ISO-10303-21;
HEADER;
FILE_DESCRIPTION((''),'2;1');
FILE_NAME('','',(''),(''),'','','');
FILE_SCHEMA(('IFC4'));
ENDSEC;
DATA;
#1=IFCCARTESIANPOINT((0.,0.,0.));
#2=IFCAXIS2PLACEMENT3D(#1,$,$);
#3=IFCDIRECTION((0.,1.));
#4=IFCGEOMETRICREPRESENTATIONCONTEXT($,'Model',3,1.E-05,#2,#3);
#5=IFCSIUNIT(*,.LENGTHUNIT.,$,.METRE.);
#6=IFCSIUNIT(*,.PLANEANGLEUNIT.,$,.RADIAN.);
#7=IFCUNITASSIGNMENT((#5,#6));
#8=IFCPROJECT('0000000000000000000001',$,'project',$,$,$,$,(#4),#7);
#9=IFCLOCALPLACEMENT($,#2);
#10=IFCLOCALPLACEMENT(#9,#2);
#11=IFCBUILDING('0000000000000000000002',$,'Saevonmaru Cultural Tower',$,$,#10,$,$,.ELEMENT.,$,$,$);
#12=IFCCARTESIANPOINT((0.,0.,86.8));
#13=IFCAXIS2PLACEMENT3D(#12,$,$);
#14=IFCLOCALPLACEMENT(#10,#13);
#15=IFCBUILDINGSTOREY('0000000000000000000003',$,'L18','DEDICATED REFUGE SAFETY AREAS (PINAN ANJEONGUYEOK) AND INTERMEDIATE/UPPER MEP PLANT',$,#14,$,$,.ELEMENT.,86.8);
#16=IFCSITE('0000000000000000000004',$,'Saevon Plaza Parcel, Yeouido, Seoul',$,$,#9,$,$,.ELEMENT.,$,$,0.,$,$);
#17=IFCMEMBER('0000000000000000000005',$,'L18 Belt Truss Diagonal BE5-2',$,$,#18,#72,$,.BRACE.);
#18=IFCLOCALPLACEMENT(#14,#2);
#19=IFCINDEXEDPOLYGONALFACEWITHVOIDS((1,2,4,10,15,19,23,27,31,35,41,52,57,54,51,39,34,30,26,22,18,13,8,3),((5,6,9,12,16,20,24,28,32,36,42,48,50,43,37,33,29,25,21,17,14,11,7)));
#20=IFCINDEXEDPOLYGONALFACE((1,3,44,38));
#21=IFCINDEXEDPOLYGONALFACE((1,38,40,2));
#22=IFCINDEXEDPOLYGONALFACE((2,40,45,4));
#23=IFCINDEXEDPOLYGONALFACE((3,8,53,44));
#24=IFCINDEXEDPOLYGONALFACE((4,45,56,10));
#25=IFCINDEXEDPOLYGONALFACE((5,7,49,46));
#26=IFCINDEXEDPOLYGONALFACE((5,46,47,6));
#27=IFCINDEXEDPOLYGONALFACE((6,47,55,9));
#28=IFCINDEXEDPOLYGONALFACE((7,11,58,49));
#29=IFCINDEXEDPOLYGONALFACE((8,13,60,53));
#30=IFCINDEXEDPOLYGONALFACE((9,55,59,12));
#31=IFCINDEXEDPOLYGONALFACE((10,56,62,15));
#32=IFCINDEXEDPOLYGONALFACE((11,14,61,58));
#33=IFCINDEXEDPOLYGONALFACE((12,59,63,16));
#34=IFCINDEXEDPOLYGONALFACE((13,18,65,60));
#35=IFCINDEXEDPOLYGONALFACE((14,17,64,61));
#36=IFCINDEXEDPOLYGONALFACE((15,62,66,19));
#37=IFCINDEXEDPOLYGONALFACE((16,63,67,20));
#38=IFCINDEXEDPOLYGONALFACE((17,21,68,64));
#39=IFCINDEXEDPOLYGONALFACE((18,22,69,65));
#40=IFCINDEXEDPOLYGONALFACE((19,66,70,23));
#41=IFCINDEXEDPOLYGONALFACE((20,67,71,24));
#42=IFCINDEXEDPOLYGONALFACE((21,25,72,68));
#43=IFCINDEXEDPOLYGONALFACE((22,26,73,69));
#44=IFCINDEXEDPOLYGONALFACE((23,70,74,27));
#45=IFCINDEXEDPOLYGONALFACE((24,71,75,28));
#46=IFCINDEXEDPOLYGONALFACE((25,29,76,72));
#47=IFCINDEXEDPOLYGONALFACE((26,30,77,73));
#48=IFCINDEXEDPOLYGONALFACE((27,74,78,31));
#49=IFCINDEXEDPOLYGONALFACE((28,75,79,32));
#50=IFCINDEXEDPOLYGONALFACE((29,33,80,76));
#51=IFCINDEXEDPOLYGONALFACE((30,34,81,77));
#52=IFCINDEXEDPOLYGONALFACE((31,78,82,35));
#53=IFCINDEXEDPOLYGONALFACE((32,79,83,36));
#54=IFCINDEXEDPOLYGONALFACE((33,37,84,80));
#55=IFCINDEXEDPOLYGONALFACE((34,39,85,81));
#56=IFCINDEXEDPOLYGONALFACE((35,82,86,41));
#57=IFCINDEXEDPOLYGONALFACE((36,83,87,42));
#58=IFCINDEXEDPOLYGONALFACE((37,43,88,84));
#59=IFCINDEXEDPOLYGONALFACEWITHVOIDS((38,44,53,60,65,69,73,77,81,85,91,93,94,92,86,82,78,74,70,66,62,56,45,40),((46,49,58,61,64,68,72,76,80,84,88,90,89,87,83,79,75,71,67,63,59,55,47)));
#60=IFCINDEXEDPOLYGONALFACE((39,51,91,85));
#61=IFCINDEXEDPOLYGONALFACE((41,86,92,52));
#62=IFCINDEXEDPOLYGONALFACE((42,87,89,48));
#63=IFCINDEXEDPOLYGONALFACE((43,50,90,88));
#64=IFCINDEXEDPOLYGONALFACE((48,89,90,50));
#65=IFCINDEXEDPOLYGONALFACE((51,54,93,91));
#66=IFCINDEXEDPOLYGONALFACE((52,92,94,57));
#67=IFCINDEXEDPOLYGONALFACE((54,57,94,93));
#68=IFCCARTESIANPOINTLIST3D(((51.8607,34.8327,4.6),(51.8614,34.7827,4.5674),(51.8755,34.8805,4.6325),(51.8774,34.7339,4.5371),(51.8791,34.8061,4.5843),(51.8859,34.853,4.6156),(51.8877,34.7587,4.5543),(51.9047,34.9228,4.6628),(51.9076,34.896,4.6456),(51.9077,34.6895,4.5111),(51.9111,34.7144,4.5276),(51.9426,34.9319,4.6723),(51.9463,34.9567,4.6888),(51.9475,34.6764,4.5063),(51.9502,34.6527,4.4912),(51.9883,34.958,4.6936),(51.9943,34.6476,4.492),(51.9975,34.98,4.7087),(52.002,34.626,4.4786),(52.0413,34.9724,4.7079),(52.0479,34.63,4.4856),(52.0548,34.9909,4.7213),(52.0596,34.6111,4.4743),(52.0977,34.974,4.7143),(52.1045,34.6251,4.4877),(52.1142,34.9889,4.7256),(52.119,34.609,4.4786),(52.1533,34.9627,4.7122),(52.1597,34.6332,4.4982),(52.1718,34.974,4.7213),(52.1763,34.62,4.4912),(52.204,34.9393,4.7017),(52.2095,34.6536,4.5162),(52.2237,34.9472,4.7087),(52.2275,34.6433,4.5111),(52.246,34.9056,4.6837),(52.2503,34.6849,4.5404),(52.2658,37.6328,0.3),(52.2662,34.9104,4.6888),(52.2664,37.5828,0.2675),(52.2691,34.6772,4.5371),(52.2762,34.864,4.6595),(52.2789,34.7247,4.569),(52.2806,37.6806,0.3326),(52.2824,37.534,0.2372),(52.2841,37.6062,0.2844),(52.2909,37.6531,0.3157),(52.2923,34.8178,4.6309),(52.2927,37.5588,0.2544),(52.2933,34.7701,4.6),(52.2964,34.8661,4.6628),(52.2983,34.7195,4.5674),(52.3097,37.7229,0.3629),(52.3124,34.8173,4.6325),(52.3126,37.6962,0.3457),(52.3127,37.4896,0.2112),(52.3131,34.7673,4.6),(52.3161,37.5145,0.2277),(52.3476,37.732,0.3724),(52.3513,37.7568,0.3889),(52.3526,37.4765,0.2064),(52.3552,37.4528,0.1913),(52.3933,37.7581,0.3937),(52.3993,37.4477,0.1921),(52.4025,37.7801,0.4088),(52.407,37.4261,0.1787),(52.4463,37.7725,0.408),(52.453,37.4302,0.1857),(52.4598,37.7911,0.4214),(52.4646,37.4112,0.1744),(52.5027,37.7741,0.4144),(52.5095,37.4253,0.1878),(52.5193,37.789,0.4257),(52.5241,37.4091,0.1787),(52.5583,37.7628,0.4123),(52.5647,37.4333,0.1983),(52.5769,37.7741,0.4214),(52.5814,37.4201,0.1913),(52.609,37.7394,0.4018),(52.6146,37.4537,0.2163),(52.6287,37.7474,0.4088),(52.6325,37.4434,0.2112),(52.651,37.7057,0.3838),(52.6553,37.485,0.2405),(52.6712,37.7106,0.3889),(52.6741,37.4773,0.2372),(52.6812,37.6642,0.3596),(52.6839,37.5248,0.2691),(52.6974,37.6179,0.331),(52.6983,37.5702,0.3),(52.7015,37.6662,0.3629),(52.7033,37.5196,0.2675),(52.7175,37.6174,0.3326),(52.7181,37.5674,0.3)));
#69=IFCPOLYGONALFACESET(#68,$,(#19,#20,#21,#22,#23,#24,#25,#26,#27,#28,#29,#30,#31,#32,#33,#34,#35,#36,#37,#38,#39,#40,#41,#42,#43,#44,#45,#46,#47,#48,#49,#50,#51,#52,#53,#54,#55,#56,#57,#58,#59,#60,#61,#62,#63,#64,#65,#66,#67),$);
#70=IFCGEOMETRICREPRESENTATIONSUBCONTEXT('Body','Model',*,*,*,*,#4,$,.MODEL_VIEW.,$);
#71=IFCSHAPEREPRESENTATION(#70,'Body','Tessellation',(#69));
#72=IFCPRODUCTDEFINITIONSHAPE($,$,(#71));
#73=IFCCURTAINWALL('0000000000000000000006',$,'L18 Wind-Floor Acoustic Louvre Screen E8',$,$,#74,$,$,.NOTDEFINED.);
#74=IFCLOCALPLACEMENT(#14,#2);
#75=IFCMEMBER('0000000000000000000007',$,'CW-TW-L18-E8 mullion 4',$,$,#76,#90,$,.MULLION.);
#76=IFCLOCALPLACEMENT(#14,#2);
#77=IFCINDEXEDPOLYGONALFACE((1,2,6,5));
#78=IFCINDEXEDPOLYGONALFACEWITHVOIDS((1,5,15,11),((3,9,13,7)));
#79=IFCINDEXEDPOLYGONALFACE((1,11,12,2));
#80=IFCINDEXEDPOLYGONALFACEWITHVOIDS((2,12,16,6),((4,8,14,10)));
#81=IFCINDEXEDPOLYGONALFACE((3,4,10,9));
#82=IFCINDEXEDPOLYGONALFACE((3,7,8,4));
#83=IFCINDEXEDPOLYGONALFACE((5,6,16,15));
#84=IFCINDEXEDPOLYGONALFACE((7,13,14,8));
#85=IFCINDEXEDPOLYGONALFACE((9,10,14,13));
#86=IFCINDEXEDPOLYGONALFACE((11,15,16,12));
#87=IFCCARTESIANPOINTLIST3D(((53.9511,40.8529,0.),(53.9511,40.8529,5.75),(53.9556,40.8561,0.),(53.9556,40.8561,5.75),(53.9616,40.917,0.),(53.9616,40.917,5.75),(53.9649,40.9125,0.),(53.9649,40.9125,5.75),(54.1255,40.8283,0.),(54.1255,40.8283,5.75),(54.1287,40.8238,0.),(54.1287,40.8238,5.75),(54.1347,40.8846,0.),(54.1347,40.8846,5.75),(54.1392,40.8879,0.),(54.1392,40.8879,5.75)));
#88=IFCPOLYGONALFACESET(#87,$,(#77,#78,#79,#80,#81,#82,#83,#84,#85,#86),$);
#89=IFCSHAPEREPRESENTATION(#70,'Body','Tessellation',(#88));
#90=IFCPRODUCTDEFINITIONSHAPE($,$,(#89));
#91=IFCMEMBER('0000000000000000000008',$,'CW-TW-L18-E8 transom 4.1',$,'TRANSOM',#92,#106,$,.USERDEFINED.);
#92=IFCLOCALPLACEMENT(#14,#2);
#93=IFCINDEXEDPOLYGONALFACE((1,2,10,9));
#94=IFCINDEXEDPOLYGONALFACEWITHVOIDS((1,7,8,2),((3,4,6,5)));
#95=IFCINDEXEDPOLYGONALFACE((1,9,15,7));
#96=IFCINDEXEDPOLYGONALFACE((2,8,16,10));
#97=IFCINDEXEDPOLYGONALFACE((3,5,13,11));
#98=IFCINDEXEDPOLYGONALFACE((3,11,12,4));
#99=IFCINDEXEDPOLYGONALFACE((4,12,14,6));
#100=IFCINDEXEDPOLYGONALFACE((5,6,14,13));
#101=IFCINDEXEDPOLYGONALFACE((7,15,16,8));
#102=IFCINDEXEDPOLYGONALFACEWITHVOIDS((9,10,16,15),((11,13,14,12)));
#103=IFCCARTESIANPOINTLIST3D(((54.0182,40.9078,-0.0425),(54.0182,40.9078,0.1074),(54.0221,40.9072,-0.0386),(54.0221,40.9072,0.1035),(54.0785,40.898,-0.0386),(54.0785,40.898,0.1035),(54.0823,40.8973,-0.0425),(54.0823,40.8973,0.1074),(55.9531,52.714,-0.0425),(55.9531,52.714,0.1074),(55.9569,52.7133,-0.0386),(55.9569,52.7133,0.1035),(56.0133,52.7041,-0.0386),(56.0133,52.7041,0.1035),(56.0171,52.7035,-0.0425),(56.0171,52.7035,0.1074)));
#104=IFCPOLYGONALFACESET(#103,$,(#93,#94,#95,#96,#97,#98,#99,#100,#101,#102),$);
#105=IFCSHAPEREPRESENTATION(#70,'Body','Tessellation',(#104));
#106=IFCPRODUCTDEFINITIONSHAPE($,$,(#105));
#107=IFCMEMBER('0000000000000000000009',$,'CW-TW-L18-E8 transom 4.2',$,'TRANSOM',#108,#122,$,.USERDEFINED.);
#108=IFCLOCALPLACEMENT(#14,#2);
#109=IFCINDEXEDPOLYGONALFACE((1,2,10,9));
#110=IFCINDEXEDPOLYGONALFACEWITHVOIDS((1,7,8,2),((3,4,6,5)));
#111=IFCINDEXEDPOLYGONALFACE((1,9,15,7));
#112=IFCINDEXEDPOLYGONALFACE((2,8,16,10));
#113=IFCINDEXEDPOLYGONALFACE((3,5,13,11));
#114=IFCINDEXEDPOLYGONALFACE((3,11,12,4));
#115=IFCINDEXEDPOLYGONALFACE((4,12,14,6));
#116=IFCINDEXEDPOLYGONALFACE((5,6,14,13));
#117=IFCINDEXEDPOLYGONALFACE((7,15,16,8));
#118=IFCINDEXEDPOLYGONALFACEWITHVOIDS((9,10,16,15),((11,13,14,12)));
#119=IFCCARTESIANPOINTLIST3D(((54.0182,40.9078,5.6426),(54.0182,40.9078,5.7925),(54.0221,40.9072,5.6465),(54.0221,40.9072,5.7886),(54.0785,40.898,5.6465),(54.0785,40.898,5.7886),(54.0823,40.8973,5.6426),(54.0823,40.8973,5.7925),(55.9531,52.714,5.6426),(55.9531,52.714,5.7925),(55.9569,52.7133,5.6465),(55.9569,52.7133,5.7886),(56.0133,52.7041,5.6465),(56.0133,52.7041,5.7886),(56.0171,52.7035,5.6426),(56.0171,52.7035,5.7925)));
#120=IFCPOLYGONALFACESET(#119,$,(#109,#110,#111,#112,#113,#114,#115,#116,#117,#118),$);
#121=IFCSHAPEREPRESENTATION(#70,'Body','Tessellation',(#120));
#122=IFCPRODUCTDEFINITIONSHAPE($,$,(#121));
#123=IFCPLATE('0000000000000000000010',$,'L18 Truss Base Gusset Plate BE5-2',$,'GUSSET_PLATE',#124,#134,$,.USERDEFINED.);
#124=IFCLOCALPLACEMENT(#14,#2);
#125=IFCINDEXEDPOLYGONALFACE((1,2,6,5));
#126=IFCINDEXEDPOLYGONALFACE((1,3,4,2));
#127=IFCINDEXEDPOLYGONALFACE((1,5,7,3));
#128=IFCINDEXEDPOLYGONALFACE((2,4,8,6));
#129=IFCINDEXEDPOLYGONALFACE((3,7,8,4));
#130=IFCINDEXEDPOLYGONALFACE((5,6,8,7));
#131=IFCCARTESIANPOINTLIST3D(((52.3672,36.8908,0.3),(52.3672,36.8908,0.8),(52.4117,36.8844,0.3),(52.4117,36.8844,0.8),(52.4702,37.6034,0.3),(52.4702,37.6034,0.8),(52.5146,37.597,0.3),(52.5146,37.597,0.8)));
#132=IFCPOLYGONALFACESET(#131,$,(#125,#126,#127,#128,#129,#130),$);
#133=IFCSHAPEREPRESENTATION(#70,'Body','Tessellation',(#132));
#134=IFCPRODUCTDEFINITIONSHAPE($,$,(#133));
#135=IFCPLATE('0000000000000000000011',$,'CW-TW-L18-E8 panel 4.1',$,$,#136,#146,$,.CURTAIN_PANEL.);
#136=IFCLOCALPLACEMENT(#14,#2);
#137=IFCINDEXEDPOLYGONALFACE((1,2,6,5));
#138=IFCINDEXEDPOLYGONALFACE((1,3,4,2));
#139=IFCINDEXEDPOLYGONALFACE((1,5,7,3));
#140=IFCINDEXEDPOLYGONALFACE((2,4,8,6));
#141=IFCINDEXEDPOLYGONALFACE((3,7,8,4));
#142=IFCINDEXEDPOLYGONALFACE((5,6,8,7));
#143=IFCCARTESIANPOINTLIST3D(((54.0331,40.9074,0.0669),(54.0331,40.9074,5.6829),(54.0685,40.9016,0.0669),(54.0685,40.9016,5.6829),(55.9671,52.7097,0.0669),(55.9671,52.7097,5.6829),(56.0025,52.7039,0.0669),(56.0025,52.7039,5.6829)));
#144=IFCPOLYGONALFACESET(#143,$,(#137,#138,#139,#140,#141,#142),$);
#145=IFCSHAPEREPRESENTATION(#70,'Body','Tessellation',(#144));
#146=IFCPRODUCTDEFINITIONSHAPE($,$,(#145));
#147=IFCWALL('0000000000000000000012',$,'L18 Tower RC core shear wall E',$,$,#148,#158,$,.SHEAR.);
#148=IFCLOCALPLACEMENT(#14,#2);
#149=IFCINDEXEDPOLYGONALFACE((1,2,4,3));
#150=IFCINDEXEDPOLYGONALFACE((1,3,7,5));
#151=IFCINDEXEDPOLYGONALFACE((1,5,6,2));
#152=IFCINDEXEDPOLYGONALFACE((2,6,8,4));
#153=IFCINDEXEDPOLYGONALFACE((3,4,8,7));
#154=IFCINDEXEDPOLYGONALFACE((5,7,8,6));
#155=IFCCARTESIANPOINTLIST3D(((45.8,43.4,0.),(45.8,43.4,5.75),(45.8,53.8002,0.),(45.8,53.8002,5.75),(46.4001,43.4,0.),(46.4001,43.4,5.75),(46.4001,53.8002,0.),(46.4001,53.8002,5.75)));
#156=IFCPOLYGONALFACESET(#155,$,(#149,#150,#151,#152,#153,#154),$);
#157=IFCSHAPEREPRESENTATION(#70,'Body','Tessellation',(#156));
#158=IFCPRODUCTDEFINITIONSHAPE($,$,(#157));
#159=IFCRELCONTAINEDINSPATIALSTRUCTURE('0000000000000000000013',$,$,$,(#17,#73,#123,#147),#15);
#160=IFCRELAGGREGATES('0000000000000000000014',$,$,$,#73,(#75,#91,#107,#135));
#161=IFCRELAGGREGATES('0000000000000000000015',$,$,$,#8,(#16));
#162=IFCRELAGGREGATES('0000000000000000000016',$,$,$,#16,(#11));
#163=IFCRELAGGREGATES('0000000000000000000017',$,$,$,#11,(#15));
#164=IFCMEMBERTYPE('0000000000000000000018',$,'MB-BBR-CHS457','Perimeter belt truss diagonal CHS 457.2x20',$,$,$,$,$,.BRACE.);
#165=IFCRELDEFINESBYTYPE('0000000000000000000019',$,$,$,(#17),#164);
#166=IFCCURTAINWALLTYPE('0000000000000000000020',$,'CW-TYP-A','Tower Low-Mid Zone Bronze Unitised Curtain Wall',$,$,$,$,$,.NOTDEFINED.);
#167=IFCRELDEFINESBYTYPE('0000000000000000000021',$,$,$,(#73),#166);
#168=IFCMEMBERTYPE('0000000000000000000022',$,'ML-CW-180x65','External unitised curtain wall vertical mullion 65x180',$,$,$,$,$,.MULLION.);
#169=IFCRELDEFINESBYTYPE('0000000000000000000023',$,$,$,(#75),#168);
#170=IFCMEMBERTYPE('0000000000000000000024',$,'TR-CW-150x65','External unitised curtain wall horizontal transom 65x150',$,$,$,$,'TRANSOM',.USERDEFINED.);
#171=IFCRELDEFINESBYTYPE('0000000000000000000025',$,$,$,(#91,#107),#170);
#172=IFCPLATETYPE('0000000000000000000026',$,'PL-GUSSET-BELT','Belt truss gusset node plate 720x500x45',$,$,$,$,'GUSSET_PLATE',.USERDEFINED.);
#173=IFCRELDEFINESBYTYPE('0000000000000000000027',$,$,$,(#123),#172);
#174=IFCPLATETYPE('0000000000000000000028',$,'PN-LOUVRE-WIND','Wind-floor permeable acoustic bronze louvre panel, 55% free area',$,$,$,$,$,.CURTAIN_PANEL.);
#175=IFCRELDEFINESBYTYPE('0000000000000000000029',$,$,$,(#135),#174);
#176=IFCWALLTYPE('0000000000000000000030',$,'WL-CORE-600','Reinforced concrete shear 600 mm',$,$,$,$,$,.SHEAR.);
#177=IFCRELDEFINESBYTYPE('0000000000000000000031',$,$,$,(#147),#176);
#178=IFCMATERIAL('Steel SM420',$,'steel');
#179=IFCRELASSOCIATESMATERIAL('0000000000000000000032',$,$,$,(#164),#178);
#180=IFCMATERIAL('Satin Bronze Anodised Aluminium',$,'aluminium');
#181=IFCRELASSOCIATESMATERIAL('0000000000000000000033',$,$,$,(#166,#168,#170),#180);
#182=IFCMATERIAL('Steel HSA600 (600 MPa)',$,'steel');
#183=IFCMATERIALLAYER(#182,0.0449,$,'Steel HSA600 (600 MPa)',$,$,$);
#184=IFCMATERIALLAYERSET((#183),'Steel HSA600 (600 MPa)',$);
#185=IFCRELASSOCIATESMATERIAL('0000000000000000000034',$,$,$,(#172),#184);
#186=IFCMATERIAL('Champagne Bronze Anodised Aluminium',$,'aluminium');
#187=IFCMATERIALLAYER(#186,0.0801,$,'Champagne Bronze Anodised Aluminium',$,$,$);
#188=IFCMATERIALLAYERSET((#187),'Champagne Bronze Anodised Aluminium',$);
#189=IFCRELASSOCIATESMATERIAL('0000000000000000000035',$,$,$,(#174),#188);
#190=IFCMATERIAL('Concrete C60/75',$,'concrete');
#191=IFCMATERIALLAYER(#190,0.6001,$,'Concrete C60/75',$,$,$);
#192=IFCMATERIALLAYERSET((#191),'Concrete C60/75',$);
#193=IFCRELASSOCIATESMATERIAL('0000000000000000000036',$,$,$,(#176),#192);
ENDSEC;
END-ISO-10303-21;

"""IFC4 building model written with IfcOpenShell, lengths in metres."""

from ifc_helpers import new_model, si_unit, direction, frame, frame_2d, origin, origin_2d, place, context, subcontext, project, spatial, rectangle, hollow_rectangle, hollow_circle, extrude, material, layer, layer_set, material_profile, profile_set, type_object, element, aggregate, save


model = new_model("IFC4")

# Units and contexts
model_context = context("Model", 3, precision=1e-05, world=origin(), true_north=direction((0.0, 1.0)))
body_context = subcontext(model_context, "Body", "Model", "MODEL_VIEW")
ifc_project = project(units=[si_unit("LENGTHUNIT", "METRE"), si_unit("PLANEANGLEUNIT", "RADIAN")], contexts=[model_context])

# Site, building, storey
site_placement = place(None, origin())
site = spatial("IfcSite", under=ifc_project, at=site_placement, Name="Saevon Plaza Parcel, Yeouido, Seoul", CompositionType="ELEMENT", RefElevation=0.0)
building_placement = place(site_placement, origin())
building = spatial("IfcBuilding", under=site, at=building_placement, Name="Saevonmaru Cultural Tower", CompositionType="ELEMENT")
storey_placement = place(building_placement, frame((0.0, 0.0, 86.8)))
storey = spatial("IfcBuildingStorey", under=building, at=storey_placement, Name="L18", Description="DEDICATED REFUGE SAFETY AREAS (PINAN ANJEONGUYEOK) AND INTERMEDIATE/UPPER MEP PLANT", CompositionType="ELEMENT", Elevation=86.8)

# Shared definitions
ifc_material_1 = material(Name="Steel HSA600 (600 MPa)", Category="steel")

# Shared definitions
ifc_material_2 = material(Name="Steel SM420", Category="steel")

# Member
ifc_material_profile_1 = material_profile(ifc_material_2, hollow_circle(Radius=0.2285, WallThickness=0.02, at=origin_2d()), Name="CHS-457.2x20")
ifc_profile_set_1 = profile_set([ifc_material_profile_1], Name="Steel SM420")
member_type_1 = type_object("IfcMemberType", Name="MB-BBR-CHS457", Description="Perimeter belt truss diagonal CHS 457.2x20", PredefinedType="BRACE", material=ifc_profile_set_1)
member_1_placement = place(storey_placement, frame((52.4919, 37.6001, 0.3), z_axis=(-0.078691, -0.544005, 0.835384), x_axis=(0.989699, -0.143161, 0.0)))
element("IfcMember", 1, at=member_1_placement, inside=storey, type_object=member_type_1, Name="L18 Belt Truss Diagonal BE5-2", PredefinedType="BRACE", context=body_context, shape_type="SweptSolid", body=[
    extrude(hollow_circle(Radius=0.2285, WallThickness=0.02, at=origin_2d()), origin(), (0.0, 0.0, 1.0), 5.1472),
])

# Curtain wall, members
ifc_material_3 = material(Name="Satin Bronze Anodised Aluminium", Category="aluminium")
curtain_wall_type = type_object("IfcCurtainWallType", Name="CW-TYP-A", Description="Tower Low-Mid Zone Bronze Unitised Curtain Wall", PredefinedType="NOTDEFINED", material=ifc_material_3)
curtain_wall_placement = place(storey_placement, origin())
curtain_wall = element("IfcCurtainWall", 2, at=curtain_wall_placement, inside=storey, type_object=curtain_wall_type, Name="L18 Wind-Floor Acoustic Louvre Screen E8", PredefinedType="NOTDEFINED")
ifc_material_profile_2 = material_profile(ifc_material_3, hollow_rectangle(XDim=0.0649, YDim=0.1799, WallThickness=0.0039, at=origin_2d()), Name="ALU-MULL-180x65x4")
ifc_profile_set_2 = profile_set([ifc_material_profile_2], Name="Satin Bronze Anodised Aluminium")
member_type_2 = type_object("IfcMemberType", Name="ML-CW-180x65", Description="External unitised curtain wall vertical mullion 65x180", PredefinedType="MULLION", material=ifc_profile_set_2)
member_2_placement = place(storey_placement, frame((54.0452, 40.8704, 0.0), z_axis=(0.0, 0.0, 1.0), x_axis=(0.161709, 0.986839, 0.0)))
member_2 = element("IfcMember", 3, at=member_2_placement, type_object=member_type_2, Name="CW-TW-L18-E8 mullion 4", PredefinedType="MULLION", context=body_context, shape_type="SweptSolid", body=[
    extrude(hollow_rectangle(XDim=0.0649, YDim=0.1799, WallThickness=0.0039, at=origin_2d()), origin(), (0.0, 0.0, 1.0), 5.75),
])
ifc_material_profile_3 = material_profile(ifc_material_3, hollow_rectangle(XDim=0.0649, YDim=0.1499, WallThickness=0.0039, at=origin_2d()), Name="ALU-TRAN-150x65x4")
ifc_profile_set_3 = profile_set([ifc_material_profile_3], Name="Satin Bronze Anodised Aluminium")
member_type_3 = type_object("IfcMemberType", Name="TR-CW-150x65", Description="External unitised curtain wall horizontal transom 65x150", ElementType="TRANSOM", PredefinedType="USERDEFINED", material=ifc_profile_set_3)
member_3_placement = place(storey_placement, frame((54.0503, 40.9026, 0.0325), z_axis=(0.161725, 0.986836, 0.0), x_axis=(-0.986836, 0.161725, 0.0)))
member_3 = element("IfcMember", 4, at=member_3_placement, type_object=member_type_3, Name="CW-TW-L18-E8 transom 4.1", ObjectType="TRANSOM", PredefinedType="USERDEFINED", context=body_context, shape_type="SweptSolid", body=[
    extrude(hollow_rectangle(XDim=0.0649, YDim=0.1499, WallThickness=0.0039, at=origin_2d()), origin(), (0.0, 0.0, 1.0), 11.9636),
])
member_4_placement = place(storey_placement, frame((54.0503, 40.9026, 5.7175), z_axis=(0.161725, 0.986836, 0.0), x_axis=(-0.986836, 0.161725, 0.0)))
member_4 = element("IfcMember", 5, at=member_4_placement, type_object=member_type_3, Name="CW-TW-L18-E8 transom 4.2", ObjectType="TRANSOM", PredefinedType="USERDEFINED", context=body_context, shape_type="SweptSolid", body=[
    extrude(hollow_rectangle(XDim=0.0649, YDim=0.1499, WallThickness=0.0039, at=origin_2d()), origin(), (0.0, 0.0, 1.0), 11.9636),
])

# Plates
ifc_layer_1 = layer(ifc_material_1, 0.0449, Name="Steel HSA600 (600 MPa)")
ifc_layer_set_1 = layer_set([ifc_layer_1], Name="Steel HSA600 (600 MPa)")
plate_type_1 = type_object("IfcPlateType", Name="PL-GUSSET-BELT", Description="Belt truss gusset node plate 720x500x45", ElementType="GUSSET_PLATE", PredefinedType="USERDEFINED", material=ifc_layer_set_1)
plate_1_placement = place(storey_placement, frame((52.4409, 37.2439, 0.3), z_axis=(0.0, 0.0, 1.0), x_axis=(0.142974, 0.989726, 0.0)))
element("IfcPlate", 6, at=plate_1_placement, inside=storey, type_object=plate_type_1, Name="L18 Truss Base Gusset Plate BE5-2", ObjectType="GUSSET_PLATE", PredefinedType="USERDEFINED", context=body_context, shape_type="SweptSolid", body=[
    extrude(rectangle(XDim=0.72, YDim=0.0449, at=origin_2d()), origin(), (0.0, 0.0, 1.0), 0.5),
])
ifc_material_4 = material(Name="Champagne Bronze Anodised Aluminium", Category="aluminium")
ifc_layer_2 = layer(ifc_material_4, 0.0801, Name="Champagne Bronze Anodised Aluminium")
ifc_layer_set_2 = layer_set([ifc_layer_2], Name="Champagne Bronze Anodised Aluminium")
plate_type_2 = type_object("IfcPlateType", Name="PN-LOUVRE-WIND", Description="Wind-floor permeable acoustic bronze louvre panel, 55% free area", PredefinedType="CURTAIN_PANEL", material=ifc_layer_set_2)
plate_2_placement = place(storey_placement, frame((55.0178, 46.8057, 0.0669), z_axis=(0.0, 0.0, 1.0), x_axis=(0.161709, 0.986839, 0.0)))
plate_2 = element("IfcPlate", 7, at=plate_2_placement, type_object=plate_type_2, Name="CW-TW-L18-E8 panel 4.1", PredefinedType="CURTAIN_PANEL", context=body_context, shape_type="SweptSolid", body=[
    extrude(rectangle(XDim=11.9597, YDim=0.0359, at=origin_2d()), origin(), (0.0, 0.0, 1.0), 5.616),
])
aggregate(curtain_wall, [member_2, member_3, member_4, plate_2])

# Wall
ifc_material_5 = material(Name="Concrete C60/75", Category="concrete")
ifc_layer_3 = layer(ifc_material_5, 0.6001, Name="Concrete C60/75")
ifc_layer_set_3 = layer_set([ifc_layer_3], Name="Concrete C60/75")
wall_type_1 = type_object("IfcWallType", Name="WL-CORE-600", Description="Reinforced concrete shear 600 mm", PredefinedType="SHEAR", material=ifc_layer_set_3)
wall_1_placement = place(storey_placement, frame((46.1001, 43.3999, 0.0), z_axis=(0.0, 0.0, 1.0), x_axis=(0.0, 1.0, 0.0)))
element("IfcWall", 8, at=wall_1_placement, inside=storey, type_object=wall_type_1, Name="L18 Tower RC core shear wall E", PredefinedType="SHEAR", context=body_context, shape_type="SweptSolid", body=[
    extrude(rectangle(XDim=10.4001, YDim=0.6001, at=frame_2d((5.2002, 0.0))), origin(), (0.0, 0.0, 1.0), 5.75),
])

save(model, "model.ifc")
